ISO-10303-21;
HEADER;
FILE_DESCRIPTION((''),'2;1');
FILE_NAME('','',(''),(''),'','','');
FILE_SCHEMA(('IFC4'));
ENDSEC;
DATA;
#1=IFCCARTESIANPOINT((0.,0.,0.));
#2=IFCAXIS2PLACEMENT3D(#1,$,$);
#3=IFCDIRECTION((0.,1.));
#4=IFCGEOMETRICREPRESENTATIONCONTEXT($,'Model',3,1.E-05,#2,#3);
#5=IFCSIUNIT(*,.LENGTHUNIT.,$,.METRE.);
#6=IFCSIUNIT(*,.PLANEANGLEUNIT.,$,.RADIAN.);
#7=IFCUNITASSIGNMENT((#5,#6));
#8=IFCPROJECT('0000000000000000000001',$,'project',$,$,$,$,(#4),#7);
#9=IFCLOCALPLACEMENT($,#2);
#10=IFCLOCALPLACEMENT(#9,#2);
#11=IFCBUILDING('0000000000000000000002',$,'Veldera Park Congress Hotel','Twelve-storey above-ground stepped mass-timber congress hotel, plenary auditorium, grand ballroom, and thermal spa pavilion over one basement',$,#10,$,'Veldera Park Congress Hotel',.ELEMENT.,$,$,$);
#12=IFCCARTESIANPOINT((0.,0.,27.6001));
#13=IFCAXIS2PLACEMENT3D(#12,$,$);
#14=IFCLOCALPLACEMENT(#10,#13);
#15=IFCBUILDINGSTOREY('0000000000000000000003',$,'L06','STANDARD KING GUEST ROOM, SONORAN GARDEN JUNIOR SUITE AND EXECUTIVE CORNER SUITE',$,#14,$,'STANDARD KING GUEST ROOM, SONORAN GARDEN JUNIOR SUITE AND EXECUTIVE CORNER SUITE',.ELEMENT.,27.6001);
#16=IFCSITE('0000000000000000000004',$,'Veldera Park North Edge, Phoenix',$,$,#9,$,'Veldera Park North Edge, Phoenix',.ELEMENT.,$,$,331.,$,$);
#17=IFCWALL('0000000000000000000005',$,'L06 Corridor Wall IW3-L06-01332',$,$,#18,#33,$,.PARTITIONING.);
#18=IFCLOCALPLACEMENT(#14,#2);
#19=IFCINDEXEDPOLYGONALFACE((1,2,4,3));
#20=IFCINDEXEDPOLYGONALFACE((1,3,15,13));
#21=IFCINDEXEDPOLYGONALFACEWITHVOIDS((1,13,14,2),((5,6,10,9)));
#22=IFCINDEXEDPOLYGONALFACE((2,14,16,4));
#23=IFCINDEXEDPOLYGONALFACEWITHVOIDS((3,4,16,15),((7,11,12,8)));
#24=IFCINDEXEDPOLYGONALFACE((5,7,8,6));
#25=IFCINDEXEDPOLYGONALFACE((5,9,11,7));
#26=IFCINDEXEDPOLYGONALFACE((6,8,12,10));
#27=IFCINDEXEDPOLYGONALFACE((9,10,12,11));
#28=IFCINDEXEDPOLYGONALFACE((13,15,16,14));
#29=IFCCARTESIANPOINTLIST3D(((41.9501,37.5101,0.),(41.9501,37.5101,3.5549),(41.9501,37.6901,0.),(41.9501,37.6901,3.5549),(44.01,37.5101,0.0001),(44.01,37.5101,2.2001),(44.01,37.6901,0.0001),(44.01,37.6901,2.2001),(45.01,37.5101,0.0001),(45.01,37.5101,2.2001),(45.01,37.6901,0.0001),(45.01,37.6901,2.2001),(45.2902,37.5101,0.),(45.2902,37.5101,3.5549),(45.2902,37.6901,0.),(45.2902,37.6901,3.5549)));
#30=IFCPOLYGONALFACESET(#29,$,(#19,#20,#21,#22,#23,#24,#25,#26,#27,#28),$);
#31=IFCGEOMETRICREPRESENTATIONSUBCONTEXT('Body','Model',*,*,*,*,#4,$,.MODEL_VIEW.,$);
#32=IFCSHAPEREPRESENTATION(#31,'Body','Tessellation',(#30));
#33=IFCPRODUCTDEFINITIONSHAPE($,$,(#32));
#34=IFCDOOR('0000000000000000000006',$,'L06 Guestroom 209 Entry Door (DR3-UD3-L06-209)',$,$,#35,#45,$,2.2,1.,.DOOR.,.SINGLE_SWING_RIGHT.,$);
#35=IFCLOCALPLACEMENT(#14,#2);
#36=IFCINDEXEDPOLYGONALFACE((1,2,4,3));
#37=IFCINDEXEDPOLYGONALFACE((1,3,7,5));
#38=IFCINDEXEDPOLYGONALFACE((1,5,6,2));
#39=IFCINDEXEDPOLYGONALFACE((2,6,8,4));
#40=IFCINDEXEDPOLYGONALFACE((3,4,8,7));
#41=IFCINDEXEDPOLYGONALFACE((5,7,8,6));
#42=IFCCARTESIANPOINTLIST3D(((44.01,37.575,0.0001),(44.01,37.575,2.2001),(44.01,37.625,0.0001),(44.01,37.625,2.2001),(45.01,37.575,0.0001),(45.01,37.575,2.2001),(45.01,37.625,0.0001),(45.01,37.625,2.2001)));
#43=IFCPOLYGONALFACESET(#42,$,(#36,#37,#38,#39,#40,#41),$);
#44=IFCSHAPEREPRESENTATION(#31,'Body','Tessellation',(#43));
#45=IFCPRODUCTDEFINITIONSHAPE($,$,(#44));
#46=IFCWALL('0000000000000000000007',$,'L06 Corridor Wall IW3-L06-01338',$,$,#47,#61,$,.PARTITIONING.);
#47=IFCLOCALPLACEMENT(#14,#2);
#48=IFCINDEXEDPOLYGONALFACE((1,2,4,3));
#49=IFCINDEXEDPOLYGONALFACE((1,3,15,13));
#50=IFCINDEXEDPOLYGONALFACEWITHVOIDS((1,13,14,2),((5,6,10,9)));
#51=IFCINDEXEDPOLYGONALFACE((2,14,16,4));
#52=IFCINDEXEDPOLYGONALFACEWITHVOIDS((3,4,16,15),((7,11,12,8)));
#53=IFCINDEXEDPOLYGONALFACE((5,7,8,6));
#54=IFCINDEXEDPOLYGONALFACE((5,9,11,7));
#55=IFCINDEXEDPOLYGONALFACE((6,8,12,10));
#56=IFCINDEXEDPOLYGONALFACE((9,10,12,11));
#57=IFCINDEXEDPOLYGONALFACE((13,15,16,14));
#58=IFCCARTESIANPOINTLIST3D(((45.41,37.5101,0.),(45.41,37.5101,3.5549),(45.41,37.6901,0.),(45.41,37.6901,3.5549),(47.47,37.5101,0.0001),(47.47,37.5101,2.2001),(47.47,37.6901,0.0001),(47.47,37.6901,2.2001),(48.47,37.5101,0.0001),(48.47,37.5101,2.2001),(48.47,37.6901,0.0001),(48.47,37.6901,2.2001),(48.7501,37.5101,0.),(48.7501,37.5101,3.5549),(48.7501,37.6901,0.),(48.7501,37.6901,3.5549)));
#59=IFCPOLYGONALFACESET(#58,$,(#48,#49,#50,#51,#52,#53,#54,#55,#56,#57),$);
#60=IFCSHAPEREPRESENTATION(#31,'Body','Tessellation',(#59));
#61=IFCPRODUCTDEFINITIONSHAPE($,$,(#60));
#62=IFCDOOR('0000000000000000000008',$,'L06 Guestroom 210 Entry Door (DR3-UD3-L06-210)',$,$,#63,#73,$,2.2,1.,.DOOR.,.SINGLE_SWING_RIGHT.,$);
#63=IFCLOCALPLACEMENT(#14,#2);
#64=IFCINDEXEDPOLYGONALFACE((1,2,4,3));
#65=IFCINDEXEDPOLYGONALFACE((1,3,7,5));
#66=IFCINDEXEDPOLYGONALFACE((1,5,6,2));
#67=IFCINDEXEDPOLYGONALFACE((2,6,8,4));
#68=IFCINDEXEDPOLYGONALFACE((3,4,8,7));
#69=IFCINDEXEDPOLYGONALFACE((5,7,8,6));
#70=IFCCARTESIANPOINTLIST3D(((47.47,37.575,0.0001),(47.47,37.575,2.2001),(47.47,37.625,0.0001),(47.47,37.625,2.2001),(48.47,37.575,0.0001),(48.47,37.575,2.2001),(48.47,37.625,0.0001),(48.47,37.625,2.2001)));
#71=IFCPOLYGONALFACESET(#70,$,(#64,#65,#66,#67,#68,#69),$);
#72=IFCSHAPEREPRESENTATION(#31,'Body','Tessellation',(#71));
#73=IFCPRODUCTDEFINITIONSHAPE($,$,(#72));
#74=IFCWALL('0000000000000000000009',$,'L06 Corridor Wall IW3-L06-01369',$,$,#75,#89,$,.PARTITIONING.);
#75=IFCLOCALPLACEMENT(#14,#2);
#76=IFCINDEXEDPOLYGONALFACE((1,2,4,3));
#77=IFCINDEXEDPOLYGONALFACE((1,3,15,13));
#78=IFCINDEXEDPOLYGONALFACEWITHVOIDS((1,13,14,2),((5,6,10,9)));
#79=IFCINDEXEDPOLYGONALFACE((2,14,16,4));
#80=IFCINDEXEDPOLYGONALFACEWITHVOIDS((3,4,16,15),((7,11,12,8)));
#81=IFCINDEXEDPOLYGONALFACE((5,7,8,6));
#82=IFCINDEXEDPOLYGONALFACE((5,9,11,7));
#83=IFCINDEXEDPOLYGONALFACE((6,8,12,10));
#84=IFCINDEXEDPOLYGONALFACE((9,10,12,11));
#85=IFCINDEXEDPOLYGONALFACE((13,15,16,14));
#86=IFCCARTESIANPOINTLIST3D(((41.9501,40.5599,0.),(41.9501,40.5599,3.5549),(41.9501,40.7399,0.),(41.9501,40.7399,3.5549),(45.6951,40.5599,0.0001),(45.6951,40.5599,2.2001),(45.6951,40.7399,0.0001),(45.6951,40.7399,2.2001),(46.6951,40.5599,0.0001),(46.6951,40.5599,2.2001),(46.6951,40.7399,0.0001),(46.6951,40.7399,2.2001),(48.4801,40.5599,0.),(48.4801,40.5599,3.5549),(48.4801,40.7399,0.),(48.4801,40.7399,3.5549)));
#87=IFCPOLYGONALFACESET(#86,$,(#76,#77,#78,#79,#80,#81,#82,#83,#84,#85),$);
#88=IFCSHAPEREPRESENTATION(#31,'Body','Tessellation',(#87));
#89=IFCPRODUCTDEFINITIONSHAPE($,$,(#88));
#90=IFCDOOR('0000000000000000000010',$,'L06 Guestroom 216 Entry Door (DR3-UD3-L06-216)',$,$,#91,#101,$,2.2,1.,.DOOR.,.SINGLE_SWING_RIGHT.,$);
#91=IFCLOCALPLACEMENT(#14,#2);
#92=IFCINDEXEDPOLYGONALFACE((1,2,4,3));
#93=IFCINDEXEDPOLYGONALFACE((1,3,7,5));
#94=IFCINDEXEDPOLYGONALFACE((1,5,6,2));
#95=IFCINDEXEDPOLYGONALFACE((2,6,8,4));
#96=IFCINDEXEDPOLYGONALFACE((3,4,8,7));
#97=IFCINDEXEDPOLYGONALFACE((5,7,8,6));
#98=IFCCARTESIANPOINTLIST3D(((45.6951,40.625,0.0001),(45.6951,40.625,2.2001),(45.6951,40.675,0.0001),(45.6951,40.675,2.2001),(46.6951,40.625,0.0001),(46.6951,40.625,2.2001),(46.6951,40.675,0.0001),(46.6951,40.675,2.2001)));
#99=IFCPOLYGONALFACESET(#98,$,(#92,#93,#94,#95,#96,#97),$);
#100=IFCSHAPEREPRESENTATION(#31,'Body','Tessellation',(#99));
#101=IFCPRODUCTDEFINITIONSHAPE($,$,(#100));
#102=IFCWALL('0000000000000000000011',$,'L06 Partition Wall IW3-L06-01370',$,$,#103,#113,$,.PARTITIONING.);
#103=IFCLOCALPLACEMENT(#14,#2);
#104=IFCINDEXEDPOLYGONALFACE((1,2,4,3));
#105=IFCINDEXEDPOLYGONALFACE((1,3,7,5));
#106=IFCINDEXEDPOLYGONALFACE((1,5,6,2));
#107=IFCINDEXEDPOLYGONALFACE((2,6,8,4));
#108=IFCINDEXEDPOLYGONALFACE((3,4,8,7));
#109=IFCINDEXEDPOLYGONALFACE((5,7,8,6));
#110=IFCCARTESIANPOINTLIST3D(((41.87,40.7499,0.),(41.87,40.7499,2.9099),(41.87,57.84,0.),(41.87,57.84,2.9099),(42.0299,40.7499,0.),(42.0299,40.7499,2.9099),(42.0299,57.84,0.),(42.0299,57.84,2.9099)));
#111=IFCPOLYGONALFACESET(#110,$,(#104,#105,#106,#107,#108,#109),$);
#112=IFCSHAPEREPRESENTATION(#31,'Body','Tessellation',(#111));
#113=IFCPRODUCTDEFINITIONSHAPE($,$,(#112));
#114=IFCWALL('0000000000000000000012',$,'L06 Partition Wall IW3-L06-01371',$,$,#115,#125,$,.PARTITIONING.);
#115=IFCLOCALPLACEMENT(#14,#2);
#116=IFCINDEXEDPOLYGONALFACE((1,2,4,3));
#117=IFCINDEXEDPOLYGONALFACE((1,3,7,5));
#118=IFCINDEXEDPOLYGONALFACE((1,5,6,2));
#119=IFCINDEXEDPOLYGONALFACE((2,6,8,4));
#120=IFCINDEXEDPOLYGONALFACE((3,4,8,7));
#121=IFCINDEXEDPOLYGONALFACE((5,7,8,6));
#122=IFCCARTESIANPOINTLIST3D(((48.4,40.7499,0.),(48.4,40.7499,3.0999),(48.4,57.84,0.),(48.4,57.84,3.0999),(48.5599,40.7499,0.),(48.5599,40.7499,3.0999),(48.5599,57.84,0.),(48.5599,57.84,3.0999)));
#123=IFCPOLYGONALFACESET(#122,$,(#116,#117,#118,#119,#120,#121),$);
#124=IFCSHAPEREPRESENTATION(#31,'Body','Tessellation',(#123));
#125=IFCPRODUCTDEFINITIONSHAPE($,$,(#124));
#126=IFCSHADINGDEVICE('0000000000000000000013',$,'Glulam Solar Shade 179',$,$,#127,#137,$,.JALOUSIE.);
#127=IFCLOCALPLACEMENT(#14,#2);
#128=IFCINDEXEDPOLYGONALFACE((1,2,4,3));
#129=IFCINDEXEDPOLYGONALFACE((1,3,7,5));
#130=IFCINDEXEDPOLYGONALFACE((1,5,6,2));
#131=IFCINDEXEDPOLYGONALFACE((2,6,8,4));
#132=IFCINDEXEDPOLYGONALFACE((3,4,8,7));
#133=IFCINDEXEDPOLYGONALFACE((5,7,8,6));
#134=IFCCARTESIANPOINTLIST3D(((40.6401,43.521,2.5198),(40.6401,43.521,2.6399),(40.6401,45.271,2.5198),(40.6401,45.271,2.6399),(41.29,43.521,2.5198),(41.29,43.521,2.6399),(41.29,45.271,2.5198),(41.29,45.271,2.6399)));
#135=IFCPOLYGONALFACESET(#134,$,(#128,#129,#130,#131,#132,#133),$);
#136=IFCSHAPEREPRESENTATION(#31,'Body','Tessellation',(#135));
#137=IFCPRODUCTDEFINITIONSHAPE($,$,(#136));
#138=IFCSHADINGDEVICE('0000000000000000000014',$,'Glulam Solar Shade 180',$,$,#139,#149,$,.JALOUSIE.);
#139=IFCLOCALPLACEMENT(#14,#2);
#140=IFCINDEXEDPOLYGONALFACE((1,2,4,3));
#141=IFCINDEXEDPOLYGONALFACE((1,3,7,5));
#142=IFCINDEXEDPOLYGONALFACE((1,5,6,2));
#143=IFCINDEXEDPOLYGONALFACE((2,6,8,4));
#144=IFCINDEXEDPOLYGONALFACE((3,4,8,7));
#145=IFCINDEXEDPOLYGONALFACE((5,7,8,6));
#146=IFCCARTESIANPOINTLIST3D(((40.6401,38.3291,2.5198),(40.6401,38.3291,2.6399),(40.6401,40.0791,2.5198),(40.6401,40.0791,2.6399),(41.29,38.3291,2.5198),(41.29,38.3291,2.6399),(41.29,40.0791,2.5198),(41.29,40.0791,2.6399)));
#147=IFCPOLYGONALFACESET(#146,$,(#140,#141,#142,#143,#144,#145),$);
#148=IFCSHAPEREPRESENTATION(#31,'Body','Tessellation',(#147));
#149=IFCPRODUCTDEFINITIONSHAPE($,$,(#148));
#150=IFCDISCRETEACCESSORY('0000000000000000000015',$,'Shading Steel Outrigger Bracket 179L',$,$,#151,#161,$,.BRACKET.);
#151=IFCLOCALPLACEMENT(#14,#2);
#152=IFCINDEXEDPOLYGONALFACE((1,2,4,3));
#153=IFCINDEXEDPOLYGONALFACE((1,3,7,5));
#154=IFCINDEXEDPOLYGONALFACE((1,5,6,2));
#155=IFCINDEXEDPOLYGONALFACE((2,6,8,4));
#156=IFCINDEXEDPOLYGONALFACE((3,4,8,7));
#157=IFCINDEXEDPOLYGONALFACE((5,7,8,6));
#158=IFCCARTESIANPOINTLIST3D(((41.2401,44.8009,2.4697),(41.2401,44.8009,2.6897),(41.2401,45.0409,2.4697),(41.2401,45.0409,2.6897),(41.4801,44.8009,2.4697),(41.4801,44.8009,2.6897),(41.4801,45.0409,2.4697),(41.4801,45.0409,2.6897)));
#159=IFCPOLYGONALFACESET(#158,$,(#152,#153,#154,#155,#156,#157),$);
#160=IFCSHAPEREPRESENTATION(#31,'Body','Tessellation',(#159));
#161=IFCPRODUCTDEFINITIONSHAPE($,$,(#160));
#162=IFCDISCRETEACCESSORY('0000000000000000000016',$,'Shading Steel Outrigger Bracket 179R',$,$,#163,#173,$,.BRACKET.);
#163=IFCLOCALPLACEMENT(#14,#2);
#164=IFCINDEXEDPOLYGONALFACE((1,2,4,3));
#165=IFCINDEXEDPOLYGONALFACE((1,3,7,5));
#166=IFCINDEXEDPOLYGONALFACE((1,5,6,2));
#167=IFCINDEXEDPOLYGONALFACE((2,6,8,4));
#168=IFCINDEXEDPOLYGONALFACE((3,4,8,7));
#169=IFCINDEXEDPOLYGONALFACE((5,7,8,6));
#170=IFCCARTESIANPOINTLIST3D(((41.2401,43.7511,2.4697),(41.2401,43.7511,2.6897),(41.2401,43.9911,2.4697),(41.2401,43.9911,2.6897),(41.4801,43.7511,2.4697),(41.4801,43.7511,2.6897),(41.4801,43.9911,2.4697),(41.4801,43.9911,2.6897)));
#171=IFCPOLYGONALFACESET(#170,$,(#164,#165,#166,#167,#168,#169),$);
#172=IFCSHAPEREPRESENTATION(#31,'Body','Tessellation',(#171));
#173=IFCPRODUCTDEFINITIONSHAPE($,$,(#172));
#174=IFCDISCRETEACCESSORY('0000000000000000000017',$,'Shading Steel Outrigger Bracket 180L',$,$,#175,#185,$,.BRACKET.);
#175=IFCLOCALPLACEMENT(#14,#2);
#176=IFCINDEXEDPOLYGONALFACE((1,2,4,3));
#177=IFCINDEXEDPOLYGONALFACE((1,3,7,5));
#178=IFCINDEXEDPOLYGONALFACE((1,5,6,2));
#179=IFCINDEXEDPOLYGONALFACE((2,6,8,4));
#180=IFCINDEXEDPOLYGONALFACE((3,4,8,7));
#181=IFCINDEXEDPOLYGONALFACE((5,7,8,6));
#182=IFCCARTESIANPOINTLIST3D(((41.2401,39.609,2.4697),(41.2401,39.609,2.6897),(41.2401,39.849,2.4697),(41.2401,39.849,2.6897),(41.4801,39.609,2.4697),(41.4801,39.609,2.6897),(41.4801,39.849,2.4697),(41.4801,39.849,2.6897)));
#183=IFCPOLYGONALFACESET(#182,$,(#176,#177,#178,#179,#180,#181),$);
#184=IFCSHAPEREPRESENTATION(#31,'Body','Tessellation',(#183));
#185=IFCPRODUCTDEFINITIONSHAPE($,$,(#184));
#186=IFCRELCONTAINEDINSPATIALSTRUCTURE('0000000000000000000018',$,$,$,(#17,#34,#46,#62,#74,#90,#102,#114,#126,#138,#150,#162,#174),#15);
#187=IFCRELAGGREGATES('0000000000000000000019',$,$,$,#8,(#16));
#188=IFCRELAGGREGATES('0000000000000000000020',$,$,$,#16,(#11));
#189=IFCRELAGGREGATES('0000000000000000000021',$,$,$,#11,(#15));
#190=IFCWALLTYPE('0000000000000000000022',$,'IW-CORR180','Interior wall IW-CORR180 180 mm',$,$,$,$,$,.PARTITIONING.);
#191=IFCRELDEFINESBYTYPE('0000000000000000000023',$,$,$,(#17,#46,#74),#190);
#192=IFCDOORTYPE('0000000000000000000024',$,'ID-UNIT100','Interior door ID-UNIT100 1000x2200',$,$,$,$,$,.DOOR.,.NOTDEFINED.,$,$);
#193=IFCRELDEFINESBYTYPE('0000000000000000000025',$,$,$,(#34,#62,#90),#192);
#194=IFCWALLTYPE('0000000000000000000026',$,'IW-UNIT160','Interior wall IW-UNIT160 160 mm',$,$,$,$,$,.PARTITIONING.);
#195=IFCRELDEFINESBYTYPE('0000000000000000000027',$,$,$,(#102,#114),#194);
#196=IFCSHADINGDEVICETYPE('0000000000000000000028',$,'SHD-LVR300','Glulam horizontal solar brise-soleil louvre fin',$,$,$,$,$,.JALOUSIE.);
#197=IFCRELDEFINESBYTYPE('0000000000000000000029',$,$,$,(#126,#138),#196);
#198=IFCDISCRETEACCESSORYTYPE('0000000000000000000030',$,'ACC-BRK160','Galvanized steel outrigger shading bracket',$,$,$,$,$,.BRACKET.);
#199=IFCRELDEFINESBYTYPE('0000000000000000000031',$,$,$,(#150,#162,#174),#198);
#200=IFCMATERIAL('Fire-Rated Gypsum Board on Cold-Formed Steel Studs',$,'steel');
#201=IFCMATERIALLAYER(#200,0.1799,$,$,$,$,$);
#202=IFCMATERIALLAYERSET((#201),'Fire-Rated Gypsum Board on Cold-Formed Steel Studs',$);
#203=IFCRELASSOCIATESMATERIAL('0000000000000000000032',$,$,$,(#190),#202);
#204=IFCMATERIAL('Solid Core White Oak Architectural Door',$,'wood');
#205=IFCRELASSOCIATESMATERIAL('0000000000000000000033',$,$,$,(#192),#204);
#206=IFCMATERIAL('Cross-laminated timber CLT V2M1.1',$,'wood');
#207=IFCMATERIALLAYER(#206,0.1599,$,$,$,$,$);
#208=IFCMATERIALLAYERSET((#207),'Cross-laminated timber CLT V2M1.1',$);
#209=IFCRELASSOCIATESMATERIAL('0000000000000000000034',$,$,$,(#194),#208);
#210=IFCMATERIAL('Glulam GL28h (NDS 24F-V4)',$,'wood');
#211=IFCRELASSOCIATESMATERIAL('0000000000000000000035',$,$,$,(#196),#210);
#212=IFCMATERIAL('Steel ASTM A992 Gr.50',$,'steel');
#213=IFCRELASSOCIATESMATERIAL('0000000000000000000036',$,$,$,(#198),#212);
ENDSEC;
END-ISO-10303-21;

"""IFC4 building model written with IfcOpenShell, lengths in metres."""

from ifc_helpers import new_model, si_unit, direction, frame, frame_2d, origin, origin_2d, place, context, subcontext, project, spatial, rectangle, extrude, material, layer, layer_set, type_object, element, fill, save


model = new_model("IFC4")

# Units and contexts
model_context = context("Model", 3, precision=1e-05, world=origin(), true_north=direction((0.0, 1.0)))
body_context = subcontext(model_context, "Body", "Model", "MODEL_VIEW")
ifc_project = project(units=[si_unit("LENGTHUNIT", "METRE"), si_unit("PLANEANGLEUNIT", "RADIAN")], contexts=[model_context])

# Site, building, storey
site_placement = place(None, origin())
site = spatial("IfcSite", under=ifc_project, at=site_placement, Name="Veldera Park North Edge, Phoenix", LongName="Veldera Park North Edge, Phoenix", CompositionType="ELEMENT", RefElevation=331.0)
building_placement = place(site_placement, origin())
building = spatial("IfcBuilding", under=site, at=building_placement, Name="Veldera Park Congress Hotel", Description="Twelve-storey above-ground stepped mass-timber congress hotel, plenary auditorium, grand ballroom, and thermal spa pavilion over one basement", LongName="Veldera Park Congress Hotel", CompositionType="ELEMENT")
storey_placement = place(building_placement, frame((0.0, 0.0, 27.6001)))
storey = spatial("IfcBuildingStorey", under=building, at=storey_placement, Name="L06", Description="STANDARD KING GUEST ROOM, SONORAN GARDEN JUNIOR SUITE AND EXECUTIVE CORNER SUITE", LongName="STANDARD KING GUEST ROOM, SONORAN GARDEN JUNIOR SUITE AND EXECUTIVE CORNER SUITE", CompositionType="ELEMENT", Elevation=27.6001)

# Shared definitions
ifc_material_1 = material(Name="Glulam GL28h (NDS 24F-V4)", Category="wood")

# Shared definitions
ifc_material_2 = material(Name="Cross-laminated timber CLT V2M1.1", Category="wood")

# Shared definitions
ifc_material_3 = material(Name="Fire-Rated Gypsum Board on Cold-Formed Steel Studs", Category="steel")
ifc_material_4 = material(Name="Solid Core White Oak Architectural Door", Category="wood")

# Walls, openings, doors
ifc_layer_1 = layer(ifc_material_3, 0.1799)
ifc_layer_set_1 = layer_set([ifc_layer_1], Name="Fire-Rated Gypsum Board on Cold-Formed Steel Studs")
wall_type_1 = type_object("IfcWallType", Name="IW-CORR180", Description="Interior wall IW-CORR180 180 mm", PredefinedType="PARTITIONING", material=ifc_layer_set_1)
wall_1_placement = place(storey_placement, frame((45.29, 37.6001, 0.0), z_axis=(0.0, 0.0, 1.0), x_axis=(-1.0, 0.0, 0.0)))
wall_1 = element("IfcWall", 1, at=wall_1_placement, inside=storey, type_object=wall_type_1, Name="L06 Corridor Wall IW3-L06-01332", PredefinedType="PARTITIONING", context=body_context, shape_type="SweptSolid", body=[
    extrude(rectangle(XDim=3.3401, YDim=0.1799, at=frame_2d((1.6699, 0.0))), origin(), (0.0, 0.0, 1.0), 3.5549),
])
opening_1_placement = place(wall_1_placement, frame((0.28, 0.0, 0.0)))
opening_1 = element("IfcOpeningElement", 2, at=opening_1_placement, cuts=wall_1, PredefinedType="OPENING", context=body_context, shape_type="SweptSolid", body=[
    extrude(rectangle(XDim=1.0, YDim=2.2, at=frame_2d((0.5, 1.1001))), frame((0.0, 0.1021, 0.0), z_axis=(0.0, -1.0, 0.0), x_axis=(1.0, 0.0, 0.0)), (0.0, 0.0, 1.0), 0.2039),
])
door_type_1 = type_object("IfcDoorType", Name="ID-UNIT100", Description="Interior door ID-UNIT100 1000x2200", OperationType="NOTDEFINED", PredefinedType="DOOR", material=ifc_material_4)
door_1_placement = place(opening_1_placement, frame((1.0, 0.0, 0.0), z_axis=(0.0, 0.0, 1.0), x_axis=(-1.0, 0.0, 0.0)))
door_1 = element("IfcDoor", 3, at=door_1_placement, inside=storey, type_object=door_type_1, Name="L06 Guestroom 209 Entry Door (DR3-UD3-L06-209)", OperationType="SINGLE_SWING_RIGHT", OverallHeight=2.2, OverallWidth=1.0, PredefinedType="DOOR", context=body_context, shape_type="SweptSolid", body=[
    extrude(rectangle(XDim=1.0, YDim=2.2, at=frame_2d((0.5, 1.1001))), frame((0.0, 0.0249, 0.0), z_axis=(0.0, -1.0, 0.0), x_axis=(1.0, 0.0, 0.0)), (0.0, 0.0, 1.0), 0.05),
])
fill(opening_1, door_1)
wall_2_placement = place(storey_placement, frame((48.75, 37.6001, 0.0), z_axis=(0.0, 0.0, 1.0), x_axis=(-1.0, 0.0, 0.0)))
wall_2 = element("IfcWall", 4, at=wall_2_placement, inside=storey, type_object=wall_type_1, Name="L06 Corridor Wall IW3-L06-01338", PredefinedType="PARTITIONING", context=body_context, shape_type="SweptSolid", body=[
    extrude(rectangle(XDim=3.3401, YDim=0.1799, at=frame_2d((1.6699, 0.0))), origin(), (0.0, 0.0, 1.0), 3.5549),
])
opening_2_placement = place(wall_2_placement, frame((0.28, 0.0, 0.0)))
opening_2 = element("IfcOpeningElement", 5, at=opening_2_placement, cuts=wall_2, PredefinedType="OPENING", context=body_context, shape_type="SweptSolid", body=[
    extrude(rectangle(XDim=1.0, YDim=2.2, at=frame_2d((0.5, 1.1001))), frame((0.0, 0.1021, 0.0), z_axis=(0.0, -1.0, 0.0), x_axis=(1.0, 0.0, 0.0)), (0.0, 0.0, 1.0), 0.2039),
])
door_2_placement = place(opening_2_placement, frame((1.0, 0.0, 0.0), z_axis=(0.0, 0.0, 1.0), x_axis=(-1.0, 0.0, 0.0)))
door_2 = element("IfcDoor", 6, at=door_2_placement, inside=storey, type_object=door_type_1, Name="L06 Guestroom 210 Entry Door (DR3-UD3-L06-210)", OperationType="SINGLE_SWING_RIGHT", OverallHeight=2.2, OverallWidth=1.0, PredefinedType="DOOR", context=body_context, shape_type="SweptSolid", body=[
    extrude(rectangle(XDim=1.0, YDim=2.2, at=frame_2d((0.5, 1.1001))), frame((0.0, 0.0249, 0.0), z_axis=(0.0, -1.0, 0.0), x_axis=(1.0, 0.0, 0.0)), (0.0, 0.0, 1.0), 0.05),
])
fill(opening_2, door_2)
wall_3_placement = place(storey_placement, frame((41.95, 40.6499, 0.0), z_axis=(0.0, 0.0, 1.0), x_axis=(1.0, 0.0, 0.0)))
wall_3 = element("IfcWall", 7, at=wall_3_placement, inside=storey, type_object=wall_type_1, Name="L06 Corridor Wall IW3-L06-01369", PredefinedType="PARTITIONING", context=body_context, shape_type="SweptSolid", body=[
    extrude(rectangle(XDim=6.53, YDim=0.1799, at=frame_2d((3.2651, 0.0))), origin(), (0.0, 0.0, 1.0), 3.5549),
])
opening_3_placement = place(wall_3_placement, frame((3.7451, 0.0, 0.0)))
opening_3 = element("IfcOpeningElement", 8, at=opening_3_placement, cuts=wall_3, PredefinedType="OPENING", context=body_context, shape_type="SweptSolid", body=[
    extrude(rectangle(XDim=1.0, YDim=2.2, at=frame_2d((0.5, 1.1001))), frame((0.0, 0.1021, 0.0), z_axis=(0.0, -1.0, 0.0), x_axis=(1.0, 0.0, 0.0)), (0.0, 0.0, 1.0), 0.2039),
])
door_3_placement = place(opening_3_placement, frame((1.0, 0.0, 0.0), z_axis=(0.0, 0.0, 1.0), x_axis=(-1.0, 0.0, 0.0)))
door_3 = element("IfcDoor", 9, at=door_3_placement, inside=storey, type_object=door_type_1, Name="L06 Guestroom 216 Entry Door (DR3-UD3-L06-216)", OperationType="SINGLE_SWING_RIGHT", OverallHeight=2.2, OverallWidth=1.0, PredefinedType="DOOR", context=body_context, shape_type="SweptSolid", body=[
    extrude(rectangle(XDim=1.0, YDim=2.2, at=frame_2d((0.5, 1.1001))), frame((0.0, 0.0249, 0.0), z_axis=(0.0, -1.0, 0.0), x_axis=(1.0, 0.0, 0.0)), (0.0, 0.0, 1.0), 0.05),
])
fill(opening_3, door_3)

# Walls
ifc_layer_2 = layer(ifc_material_2, 0.1599)
ifc_layer_set_2 = layer_set([ifc_layer_2], Name="Cross-laminated timber CLT V2M1.1")
wall_type_2 = type_object("IfcWallType", Name="IW-UNIT160", Description="Interior wall IW-UNIT160 160 mm", PredefinedType="PARTITIONING", material=ifc_layer_set_2)
wall_4_placement = place(storey_placement, frame((41.95, 40.75, 0.0), z_axis=(0.0, 0.0, 1.0), x_axis=(0.0, 1.0, 0.0)))
element("IfcWall", 10, at=wall_4_placement, inside=storey, type_object=wall_type_2, Name="L06 Partition Wall IW3-L06-01370", PredefinedType="PARTITIONING", context=body_context, shape_type="SweptSolid", body=[
    extrude(rectangle(XDim=17.0901, YDim=0.1599, at=frame_2d((8.5449, 0.0))), origin(), (0.0, 0.0, 1.0), 2.9099),
])
wall_5_placement = place(storey_placement, frame((48.48, 40.75, 0.0), z_axis=(0.0, 0.0, 1.0), x_axis=(0.0, 1.0, 0.0)))
element("IfcWall", 11, at=wall_5_placement, inside=storey, type_object=wall_type_2, Name="L06 Partition Wall IW3-L06-01371", PredefinedType="PARTITIONING", context=body_context, shape_type="SweptSolid", body=[
    extrude(rectangle(XDim=17.0901, YDim=0.1599, at=frame_2d((8.5449, 0.0))), origin(), (0.0, 0.0, 1.0), 3.0999),
])

# Shading devices
shading_device_type = type_object("IfcShadingDeviceType", Name="SHD-LVR300", Description="Glulam horizontal solar brise-soleil louvre fin", PredefinedType="JALOUSIE", material=ifc_material_1)
for number, where, z_axis, x_axis, name in (
    (12, (40.9651, 44.396, 2.5198), (0.0, 0.0, 1.0), (0.0, -1.0, 0.0), "Glulam Solar Shade 179"),
    (13, (40.9651, 39.2041, 2.5198), (0.0, 0.0, 1.0), (0.0, -1.0, 0.0), "Glulam Solar Shade 180"),
):
    element("IfcShadingDevice", number, at=place(storey_placement, frame(where, z_axis=z_axis, x_axis=x_axis)), inside=storey, type_object=shading_device_type, Name=name, PredefinedType="JALOUSIE", context=body_context, shape_type="SweptSolid", body=[
        extrude(rectangle(XDim=1.75, YDim=0.6499, at=origin_2d()), origin(), (0.0, 0.0, 1.0), 0.1201),
    ])

# Discrete accessories
ifc_material_5 = material(Name="Steel ASTM A992 Gr.50", Category="steel")
discrete_accessory_type = type_object("IfcDiscreteAccessoryType", Name="ACC-BRK160", Description="Galvanized steel outrigger shading bracket", PredefinedType="BRACKET", material=ifc_material_5)
for number, where, z_axis, x_axis, name in (
    (14, (41.3601, 44.9209, 2.4697), (0.0, 0.0, 1.0), (0.0, -1.0, 0.0), "Shading Steel Outrigger Bracket 179L"),
    (15, (41.3601, 43.8711, 2.4697), (0.0, 0.0, 1.0), (0.0, -1.0, 0.0), "Shading Steel Outrigger Bracket 179R"),
    (16, (41.3601, 39.729, 2.4697), (0.0, 0.0, 1.0), (0.0, -1.0, 0.0), "Shading Steel Outrigger Bracket 180L"),
):
    element("IfcDiscreteAccessory", number, at=place(storey_placement, frame(where, z_axis=z_axis, x_axis=x_axis)), inside=storey, type_object=discrete_accessory_type, Name=name, PredefinedType="BRACKET", context=body_context, shape_type="SweptSolid", body=[
        extrude(rectangle(XDim=0.24, YDim=0.24, at=origin_2d()), origin(), (0.0, 0.0, 1.0), 0.22),
    ])

save(model, "model.ifc")
